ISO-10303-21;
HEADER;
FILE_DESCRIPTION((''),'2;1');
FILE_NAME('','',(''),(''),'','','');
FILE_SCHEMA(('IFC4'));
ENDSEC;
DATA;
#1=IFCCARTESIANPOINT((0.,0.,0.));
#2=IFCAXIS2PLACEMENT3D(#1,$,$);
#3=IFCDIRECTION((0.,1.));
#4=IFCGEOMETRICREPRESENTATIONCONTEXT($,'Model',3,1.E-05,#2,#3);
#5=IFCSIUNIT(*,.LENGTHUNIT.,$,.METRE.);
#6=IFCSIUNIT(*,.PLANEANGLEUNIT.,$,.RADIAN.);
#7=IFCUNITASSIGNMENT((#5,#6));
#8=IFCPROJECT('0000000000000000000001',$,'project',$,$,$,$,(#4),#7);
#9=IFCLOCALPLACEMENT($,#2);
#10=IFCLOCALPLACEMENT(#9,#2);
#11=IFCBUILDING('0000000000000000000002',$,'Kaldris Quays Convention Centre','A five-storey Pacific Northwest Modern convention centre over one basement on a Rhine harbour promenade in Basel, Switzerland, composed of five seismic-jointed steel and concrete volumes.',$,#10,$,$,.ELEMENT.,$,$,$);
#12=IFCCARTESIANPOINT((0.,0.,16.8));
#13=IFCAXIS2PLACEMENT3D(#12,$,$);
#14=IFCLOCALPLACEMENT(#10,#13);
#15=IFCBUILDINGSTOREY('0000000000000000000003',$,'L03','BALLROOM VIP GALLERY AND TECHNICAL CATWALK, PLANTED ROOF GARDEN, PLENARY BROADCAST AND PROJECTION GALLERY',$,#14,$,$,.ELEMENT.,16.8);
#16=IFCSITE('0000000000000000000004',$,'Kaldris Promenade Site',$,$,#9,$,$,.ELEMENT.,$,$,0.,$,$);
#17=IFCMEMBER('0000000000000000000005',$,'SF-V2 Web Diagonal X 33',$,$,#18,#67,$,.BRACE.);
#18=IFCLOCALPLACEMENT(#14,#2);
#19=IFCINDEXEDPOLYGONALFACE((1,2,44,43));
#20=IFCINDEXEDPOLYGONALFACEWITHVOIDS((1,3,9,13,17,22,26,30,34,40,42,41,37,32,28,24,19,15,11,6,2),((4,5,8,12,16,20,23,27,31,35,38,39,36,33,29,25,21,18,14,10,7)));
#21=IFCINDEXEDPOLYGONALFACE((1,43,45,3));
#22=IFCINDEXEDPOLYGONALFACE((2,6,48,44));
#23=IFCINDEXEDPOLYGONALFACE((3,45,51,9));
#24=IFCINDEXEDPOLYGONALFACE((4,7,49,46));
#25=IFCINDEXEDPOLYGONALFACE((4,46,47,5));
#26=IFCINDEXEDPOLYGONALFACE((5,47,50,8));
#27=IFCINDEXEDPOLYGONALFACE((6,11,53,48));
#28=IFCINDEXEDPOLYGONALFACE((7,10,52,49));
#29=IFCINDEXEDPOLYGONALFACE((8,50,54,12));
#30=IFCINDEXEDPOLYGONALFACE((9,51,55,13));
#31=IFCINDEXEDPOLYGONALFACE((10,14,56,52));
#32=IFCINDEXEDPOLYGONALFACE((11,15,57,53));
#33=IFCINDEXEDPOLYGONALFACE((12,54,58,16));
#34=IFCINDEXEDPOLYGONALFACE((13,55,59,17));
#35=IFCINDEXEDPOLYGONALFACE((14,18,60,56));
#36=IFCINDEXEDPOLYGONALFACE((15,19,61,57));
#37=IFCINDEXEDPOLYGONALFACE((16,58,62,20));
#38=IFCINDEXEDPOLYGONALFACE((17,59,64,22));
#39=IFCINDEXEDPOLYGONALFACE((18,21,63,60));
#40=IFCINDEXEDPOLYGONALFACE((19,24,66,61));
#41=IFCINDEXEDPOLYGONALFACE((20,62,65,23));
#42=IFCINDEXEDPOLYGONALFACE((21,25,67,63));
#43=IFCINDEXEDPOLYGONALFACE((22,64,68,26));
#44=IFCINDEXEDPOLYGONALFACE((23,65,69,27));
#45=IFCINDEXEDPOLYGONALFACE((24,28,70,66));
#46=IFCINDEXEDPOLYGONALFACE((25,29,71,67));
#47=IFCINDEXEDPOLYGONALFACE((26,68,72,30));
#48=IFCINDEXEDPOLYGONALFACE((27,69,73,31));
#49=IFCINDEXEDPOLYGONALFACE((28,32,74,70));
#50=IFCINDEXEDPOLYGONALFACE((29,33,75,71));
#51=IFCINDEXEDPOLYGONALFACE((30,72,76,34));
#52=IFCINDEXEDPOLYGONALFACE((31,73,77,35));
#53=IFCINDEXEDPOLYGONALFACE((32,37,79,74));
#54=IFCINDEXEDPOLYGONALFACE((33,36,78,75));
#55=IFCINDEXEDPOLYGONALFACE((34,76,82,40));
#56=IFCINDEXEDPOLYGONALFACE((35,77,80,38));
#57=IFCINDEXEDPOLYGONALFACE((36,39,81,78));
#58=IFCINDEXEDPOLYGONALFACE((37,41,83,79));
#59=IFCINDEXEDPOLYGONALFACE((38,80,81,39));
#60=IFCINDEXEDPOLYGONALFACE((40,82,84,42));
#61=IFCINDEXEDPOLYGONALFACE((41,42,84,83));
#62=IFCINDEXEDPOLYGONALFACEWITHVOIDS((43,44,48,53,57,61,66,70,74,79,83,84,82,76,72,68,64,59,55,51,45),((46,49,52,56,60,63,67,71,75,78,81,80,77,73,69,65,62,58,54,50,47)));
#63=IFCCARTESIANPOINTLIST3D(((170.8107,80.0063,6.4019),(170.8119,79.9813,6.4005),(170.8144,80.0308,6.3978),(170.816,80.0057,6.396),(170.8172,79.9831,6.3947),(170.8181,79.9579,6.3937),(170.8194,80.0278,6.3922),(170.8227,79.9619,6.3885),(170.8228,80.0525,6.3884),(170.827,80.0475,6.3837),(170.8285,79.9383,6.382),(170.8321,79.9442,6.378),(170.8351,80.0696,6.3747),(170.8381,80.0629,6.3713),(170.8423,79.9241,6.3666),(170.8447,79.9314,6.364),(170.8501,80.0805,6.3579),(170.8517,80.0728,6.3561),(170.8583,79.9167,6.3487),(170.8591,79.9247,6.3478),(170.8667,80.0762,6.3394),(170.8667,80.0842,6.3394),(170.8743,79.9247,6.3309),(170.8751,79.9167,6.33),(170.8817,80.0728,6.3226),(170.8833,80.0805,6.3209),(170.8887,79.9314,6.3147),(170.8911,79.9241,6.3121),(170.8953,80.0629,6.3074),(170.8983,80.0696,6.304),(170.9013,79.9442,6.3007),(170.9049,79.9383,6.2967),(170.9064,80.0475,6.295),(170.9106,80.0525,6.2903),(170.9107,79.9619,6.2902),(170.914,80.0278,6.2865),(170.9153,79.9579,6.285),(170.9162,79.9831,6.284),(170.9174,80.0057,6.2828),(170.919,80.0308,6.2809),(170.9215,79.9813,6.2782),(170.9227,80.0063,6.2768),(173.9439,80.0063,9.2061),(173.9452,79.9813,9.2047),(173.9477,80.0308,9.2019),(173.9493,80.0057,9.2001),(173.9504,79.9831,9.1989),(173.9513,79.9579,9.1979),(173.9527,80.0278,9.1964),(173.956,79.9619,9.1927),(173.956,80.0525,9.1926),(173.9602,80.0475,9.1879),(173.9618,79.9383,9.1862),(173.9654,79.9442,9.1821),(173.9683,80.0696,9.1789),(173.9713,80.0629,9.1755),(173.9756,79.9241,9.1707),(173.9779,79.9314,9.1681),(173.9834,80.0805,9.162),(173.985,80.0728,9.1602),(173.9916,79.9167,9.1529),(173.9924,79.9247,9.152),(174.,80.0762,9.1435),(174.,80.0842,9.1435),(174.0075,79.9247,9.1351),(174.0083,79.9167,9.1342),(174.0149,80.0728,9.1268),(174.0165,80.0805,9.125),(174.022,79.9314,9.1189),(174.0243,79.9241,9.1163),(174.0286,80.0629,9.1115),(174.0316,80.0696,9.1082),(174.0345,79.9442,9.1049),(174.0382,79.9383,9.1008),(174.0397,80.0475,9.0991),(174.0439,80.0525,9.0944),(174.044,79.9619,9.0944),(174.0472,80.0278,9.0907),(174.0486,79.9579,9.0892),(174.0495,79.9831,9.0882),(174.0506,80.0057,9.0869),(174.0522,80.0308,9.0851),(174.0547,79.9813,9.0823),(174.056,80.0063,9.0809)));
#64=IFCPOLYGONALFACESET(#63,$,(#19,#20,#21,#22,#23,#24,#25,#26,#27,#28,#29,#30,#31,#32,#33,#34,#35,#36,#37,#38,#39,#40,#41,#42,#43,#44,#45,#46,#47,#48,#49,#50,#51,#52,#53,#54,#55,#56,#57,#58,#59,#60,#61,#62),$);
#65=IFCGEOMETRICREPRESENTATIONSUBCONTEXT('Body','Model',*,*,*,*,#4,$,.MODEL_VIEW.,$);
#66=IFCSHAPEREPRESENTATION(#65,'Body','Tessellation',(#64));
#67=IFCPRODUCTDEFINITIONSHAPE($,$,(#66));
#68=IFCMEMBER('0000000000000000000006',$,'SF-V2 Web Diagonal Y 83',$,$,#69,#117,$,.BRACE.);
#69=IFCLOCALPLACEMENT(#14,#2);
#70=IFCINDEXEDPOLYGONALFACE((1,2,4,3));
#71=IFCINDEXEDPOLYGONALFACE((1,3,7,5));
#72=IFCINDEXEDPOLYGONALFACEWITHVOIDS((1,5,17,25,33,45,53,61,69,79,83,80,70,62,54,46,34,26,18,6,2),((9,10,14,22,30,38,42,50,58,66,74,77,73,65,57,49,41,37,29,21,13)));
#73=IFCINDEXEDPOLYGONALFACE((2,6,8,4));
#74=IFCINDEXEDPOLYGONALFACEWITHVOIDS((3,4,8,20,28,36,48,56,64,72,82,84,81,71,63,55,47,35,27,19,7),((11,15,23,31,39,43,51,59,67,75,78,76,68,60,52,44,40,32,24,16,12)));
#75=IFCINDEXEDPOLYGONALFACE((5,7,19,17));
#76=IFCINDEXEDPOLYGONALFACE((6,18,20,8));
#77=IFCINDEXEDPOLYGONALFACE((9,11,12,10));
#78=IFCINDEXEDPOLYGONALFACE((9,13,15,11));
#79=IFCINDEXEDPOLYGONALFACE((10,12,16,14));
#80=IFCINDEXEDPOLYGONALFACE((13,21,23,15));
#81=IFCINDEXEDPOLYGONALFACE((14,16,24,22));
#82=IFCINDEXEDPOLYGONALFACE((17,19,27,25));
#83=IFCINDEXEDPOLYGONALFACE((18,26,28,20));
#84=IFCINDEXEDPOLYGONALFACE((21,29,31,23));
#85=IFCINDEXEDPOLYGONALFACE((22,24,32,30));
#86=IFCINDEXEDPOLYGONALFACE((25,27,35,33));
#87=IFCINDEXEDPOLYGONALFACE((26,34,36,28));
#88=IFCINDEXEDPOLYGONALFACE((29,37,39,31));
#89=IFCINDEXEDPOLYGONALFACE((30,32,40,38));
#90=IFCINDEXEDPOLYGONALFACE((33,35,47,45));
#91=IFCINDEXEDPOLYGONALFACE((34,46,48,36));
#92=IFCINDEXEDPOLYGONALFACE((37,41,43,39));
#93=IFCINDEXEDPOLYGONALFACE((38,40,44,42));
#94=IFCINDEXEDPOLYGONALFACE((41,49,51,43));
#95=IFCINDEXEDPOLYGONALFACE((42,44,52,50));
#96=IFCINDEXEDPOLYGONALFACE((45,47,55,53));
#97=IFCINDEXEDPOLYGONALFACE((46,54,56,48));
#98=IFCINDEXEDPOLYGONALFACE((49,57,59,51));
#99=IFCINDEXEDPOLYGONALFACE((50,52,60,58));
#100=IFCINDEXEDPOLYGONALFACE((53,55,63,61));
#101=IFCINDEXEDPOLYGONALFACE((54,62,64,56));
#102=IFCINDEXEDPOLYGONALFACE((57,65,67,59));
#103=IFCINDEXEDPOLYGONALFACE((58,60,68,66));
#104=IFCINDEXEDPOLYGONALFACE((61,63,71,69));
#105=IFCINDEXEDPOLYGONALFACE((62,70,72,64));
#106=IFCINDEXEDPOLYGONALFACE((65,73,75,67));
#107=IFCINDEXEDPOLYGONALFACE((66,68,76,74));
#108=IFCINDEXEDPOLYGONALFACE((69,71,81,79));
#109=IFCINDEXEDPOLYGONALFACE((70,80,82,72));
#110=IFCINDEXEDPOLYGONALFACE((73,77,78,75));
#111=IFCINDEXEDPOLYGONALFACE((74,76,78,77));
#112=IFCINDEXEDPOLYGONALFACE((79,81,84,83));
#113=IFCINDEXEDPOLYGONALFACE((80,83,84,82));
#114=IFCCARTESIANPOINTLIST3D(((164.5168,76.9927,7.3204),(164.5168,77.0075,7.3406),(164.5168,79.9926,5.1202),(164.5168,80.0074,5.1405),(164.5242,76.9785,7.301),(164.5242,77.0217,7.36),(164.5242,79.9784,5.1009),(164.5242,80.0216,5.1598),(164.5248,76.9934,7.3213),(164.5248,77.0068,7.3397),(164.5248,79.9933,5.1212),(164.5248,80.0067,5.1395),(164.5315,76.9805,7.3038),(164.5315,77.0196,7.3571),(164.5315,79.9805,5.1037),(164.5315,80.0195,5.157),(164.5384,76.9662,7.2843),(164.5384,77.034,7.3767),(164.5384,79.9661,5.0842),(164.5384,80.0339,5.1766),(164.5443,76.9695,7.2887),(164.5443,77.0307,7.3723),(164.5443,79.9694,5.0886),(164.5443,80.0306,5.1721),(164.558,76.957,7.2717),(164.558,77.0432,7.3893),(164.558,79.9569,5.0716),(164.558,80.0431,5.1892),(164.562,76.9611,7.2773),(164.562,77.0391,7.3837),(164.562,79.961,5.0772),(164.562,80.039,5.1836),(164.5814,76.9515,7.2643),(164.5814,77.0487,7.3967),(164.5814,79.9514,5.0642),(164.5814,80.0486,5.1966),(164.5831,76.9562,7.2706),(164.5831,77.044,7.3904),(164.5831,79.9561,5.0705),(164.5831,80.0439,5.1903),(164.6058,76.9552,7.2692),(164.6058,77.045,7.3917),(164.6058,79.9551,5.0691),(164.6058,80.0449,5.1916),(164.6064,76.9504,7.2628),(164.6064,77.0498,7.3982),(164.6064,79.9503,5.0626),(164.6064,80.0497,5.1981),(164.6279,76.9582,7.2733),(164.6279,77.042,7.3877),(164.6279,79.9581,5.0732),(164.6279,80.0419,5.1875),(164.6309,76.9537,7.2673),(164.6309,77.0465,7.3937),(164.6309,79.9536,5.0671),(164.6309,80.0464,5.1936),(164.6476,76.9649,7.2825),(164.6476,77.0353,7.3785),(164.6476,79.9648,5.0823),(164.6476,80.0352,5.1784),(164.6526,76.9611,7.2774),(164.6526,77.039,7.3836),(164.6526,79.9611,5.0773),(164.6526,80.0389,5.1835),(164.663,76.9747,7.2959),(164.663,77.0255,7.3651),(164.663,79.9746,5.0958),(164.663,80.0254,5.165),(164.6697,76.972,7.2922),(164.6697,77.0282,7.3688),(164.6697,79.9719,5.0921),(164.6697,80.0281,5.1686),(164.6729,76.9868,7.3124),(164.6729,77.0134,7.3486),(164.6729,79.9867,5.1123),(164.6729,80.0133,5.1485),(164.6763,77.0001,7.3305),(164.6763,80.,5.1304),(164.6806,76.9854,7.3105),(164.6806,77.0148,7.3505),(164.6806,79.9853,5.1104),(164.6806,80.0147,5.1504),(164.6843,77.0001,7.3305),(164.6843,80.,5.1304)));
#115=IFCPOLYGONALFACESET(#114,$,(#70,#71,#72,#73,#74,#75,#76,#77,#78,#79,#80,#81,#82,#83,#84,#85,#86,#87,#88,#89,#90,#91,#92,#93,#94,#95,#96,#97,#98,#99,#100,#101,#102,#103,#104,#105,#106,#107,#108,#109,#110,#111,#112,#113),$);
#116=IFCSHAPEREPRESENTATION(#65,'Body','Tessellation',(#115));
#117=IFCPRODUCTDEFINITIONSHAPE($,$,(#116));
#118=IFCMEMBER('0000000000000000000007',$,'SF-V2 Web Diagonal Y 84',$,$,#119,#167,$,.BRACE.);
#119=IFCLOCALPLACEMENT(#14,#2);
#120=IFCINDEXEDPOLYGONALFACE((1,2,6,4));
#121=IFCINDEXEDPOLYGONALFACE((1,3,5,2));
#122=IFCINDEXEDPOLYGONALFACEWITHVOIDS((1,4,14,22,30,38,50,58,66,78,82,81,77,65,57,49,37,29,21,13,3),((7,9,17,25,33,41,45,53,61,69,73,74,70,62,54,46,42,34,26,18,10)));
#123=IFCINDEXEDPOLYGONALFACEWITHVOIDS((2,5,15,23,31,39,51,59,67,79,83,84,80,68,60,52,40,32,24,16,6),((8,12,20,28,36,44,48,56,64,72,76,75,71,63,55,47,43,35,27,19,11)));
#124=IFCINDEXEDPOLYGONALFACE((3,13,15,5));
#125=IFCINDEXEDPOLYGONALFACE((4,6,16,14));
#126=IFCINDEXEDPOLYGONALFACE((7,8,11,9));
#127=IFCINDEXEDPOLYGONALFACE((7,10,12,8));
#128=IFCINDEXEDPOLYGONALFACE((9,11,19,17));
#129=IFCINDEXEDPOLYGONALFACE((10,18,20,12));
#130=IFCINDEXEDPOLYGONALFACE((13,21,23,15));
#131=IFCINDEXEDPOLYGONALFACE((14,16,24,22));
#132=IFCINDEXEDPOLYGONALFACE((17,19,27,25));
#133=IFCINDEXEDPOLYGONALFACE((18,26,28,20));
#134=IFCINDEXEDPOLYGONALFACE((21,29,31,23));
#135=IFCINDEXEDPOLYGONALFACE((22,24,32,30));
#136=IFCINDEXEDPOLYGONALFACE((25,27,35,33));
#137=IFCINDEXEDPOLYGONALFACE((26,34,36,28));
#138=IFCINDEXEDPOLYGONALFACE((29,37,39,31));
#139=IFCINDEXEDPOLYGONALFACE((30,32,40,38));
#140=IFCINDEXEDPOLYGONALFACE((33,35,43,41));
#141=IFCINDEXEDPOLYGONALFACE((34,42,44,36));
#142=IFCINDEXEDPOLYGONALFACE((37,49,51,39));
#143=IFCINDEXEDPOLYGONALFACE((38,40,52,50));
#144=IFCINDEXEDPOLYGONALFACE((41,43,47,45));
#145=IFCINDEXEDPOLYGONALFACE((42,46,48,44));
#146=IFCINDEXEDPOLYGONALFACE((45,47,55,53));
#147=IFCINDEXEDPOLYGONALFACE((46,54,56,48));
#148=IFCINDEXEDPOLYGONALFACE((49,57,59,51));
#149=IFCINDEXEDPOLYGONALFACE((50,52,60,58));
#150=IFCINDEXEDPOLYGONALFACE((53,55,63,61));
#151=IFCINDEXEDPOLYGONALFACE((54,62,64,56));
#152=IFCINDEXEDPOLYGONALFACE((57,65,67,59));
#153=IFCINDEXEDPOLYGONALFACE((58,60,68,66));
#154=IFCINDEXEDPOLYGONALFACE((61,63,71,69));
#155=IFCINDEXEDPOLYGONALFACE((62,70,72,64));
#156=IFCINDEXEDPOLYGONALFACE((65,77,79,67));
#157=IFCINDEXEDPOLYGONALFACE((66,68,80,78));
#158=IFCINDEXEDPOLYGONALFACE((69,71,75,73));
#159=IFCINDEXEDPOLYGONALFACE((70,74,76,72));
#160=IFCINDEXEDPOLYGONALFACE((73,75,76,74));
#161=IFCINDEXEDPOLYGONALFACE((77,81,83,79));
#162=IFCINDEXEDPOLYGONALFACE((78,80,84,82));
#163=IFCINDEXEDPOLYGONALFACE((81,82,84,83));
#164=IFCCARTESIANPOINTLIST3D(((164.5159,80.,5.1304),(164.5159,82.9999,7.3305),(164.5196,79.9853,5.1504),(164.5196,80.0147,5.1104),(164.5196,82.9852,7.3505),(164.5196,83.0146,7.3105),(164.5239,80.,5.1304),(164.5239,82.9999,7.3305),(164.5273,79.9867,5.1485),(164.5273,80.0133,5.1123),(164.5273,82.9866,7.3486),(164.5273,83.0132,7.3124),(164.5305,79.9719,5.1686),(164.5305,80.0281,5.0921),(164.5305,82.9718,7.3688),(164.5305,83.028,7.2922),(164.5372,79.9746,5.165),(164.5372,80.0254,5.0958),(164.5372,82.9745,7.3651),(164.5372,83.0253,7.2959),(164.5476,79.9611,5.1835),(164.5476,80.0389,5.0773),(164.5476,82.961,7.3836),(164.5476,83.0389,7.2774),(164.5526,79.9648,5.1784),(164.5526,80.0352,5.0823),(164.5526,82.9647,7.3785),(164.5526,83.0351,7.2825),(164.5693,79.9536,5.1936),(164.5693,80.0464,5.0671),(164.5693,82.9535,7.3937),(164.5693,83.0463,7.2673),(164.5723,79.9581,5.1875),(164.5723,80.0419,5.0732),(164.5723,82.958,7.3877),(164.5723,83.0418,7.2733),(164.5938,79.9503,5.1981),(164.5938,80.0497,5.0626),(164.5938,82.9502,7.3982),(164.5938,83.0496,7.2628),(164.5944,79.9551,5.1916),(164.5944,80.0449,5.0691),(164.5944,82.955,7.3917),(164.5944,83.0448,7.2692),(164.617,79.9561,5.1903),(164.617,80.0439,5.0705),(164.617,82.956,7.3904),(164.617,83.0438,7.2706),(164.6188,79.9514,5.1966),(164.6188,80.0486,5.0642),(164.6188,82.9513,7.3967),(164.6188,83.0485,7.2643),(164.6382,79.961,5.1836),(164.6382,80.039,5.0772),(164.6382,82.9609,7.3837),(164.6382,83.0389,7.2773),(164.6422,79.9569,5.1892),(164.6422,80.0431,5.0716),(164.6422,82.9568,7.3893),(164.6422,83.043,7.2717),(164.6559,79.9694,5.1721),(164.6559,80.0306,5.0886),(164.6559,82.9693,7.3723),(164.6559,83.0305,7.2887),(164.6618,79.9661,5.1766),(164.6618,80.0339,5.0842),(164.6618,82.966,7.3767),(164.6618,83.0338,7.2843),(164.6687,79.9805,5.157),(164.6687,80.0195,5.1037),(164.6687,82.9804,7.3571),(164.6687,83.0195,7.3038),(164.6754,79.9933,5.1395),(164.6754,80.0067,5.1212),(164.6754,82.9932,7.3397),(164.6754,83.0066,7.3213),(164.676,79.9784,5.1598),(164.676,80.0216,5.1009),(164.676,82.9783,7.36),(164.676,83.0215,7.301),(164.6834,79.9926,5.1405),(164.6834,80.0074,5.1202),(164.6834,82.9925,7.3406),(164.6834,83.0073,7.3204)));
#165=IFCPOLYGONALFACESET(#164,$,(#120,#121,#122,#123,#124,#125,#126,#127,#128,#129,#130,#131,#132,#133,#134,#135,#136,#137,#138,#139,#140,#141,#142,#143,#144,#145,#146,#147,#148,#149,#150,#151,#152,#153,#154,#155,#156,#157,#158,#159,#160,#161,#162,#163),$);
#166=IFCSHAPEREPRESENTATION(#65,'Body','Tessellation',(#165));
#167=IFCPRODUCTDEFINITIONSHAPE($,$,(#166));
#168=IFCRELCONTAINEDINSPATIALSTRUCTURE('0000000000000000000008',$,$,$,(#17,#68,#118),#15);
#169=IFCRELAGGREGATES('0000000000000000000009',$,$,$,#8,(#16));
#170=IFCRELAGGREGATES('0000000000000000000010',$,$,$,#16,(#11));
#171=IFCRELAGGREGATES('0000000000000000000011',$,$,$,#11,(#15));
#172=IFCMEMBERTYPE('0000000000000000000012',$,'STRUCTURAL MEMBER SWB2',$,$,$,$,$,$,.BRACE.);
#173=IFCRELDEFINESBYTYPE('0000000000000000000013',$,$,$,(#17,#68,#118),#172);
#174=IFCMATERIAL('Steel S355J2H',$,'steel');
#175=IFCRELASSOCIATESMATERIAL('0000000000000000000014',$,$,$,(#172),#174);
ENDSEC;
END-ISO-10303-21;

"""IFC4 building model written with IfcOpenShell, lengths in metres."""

from ifc_helpers import new_model, si_unit, direction, frame, origin, origin_2d, place, context, subcontext, project, spatial, hollow_circle, extrude, material, material_profile, profile_set, type_object, element, save


model = new_model("IFC4")

# Units and contexts
model_context = context("Model", 3, precision=1e-05, world=origin(), true_north=direction((0.0, 1.0)))
body_context = subcontext(model_context, "Body", "Model", "MODEL_VIEW")
ifc_project = project(units=[si_unit("LENGTHUNIT", "METRE"), si_unit("PLANEANGLEUNIT", "RADIAN")], contexts=[model_context])

# Site, building, storey
site_placement = place(None, origin())
site = spatial("IfcSite", under=ifc_project, at=site_placement, Name="Kaldris Promenade Site", CompositionType="ELEMENT", RefElevation=0.0)
building_placement = place(site_placement, origin())
building = spatial("IfcBuilding", under=site, at=building_placement, Name="Kaldris Quays Convention Centre", Description="A five-storey Pacific Northwest Modern convention centre over one basement on a Rhine harbour promenade in Basel, Switzerland, composed of five seismic-jointed steel and concrete volumes.", CompositionType="ELEMENT")
storey_placement = place(building_placement, frame((0.0, 0.0, 16.8)))
storey = spatial("IfcBuildingStorey", under=building, at=storey_placement, Name="L03", Description="BALLROOM VIP GALLERY AND TECHNICAL CATWALK, PLANTED ROOF GARDEN, PLENARY BROADCAST AND PROJECTION GALLERY", CompositionType="ELEMENT", Elevation=16.8)

# Members
ifc_material_1 = material(Name="Steel S355J2H", Category="steel")
ifc_material_profile_1 = material_profile(ifc_material_1, hollow_circle(Radius=0.0842, WallThickness=0.0081, at=origin_2d()), Name="CHS 168.3x8")
ifc_profile_set_1 = profile_set([ifc_material_profile_1], Name="Steel S355J2H")
member_type_1 = type_object("IfcMemberType", Name="STRUCTURAL MEMBER SWB2", PredefinedType="BRACE", material=ifc_profile_set_1)
member_1_placement = place(storey_placement, frame((170.8667, 80.0, 6.3394), z_axis=(0.745156, 0.0, 0.66689), x_axis=(0.0, 1.0, 0.0)))
element("IfcMember", 1, at=member_1_placement, inside=storey, type_object=member_type_1, Name="SF-V2 Web Diagonal X 33", PredefinedType="BRACE", context=body_context, shape_type="SweptSolid", body=[
    extrude(hollow_circle(Radius=0.0842, WallThickness=0.0081, at=origin_2d()), origin(), (0.0, 0.0, 1.0), 4.2048),
])
for number, where, z_axis, x_axis, name in (
    (2, (164.6001, 80.0, 5.1304), (0.0, -0.80638, 0.591398), (1.0, 0.0, 0.0), "SF-V2 Web Diagonal Y 83"),
    (3, (164.6001, 80.0, 5.1304), (0.0, 0.80638, 0.591398), (-1.0, 0.0, 0.0), "SF-V2 Web Diagonal Y 84"),
):
    element("IfcMember", number, at=place(storey_placement, frame(where, z_axis=z_axis, x_axis=x_axis)), inside=storey, type_object=member_type_1, Name=name, PredefinedType="BRACE", context=body_context, shape_type="SweptSolid", body=[
        extrude(hollow_circle(Radius=0.0842, WallThickness=0.0081, at=origin_2d()), origin(), (0.0, 0.0, 1.0), 3.7202),
    ])

save(model, "model.ifc")
